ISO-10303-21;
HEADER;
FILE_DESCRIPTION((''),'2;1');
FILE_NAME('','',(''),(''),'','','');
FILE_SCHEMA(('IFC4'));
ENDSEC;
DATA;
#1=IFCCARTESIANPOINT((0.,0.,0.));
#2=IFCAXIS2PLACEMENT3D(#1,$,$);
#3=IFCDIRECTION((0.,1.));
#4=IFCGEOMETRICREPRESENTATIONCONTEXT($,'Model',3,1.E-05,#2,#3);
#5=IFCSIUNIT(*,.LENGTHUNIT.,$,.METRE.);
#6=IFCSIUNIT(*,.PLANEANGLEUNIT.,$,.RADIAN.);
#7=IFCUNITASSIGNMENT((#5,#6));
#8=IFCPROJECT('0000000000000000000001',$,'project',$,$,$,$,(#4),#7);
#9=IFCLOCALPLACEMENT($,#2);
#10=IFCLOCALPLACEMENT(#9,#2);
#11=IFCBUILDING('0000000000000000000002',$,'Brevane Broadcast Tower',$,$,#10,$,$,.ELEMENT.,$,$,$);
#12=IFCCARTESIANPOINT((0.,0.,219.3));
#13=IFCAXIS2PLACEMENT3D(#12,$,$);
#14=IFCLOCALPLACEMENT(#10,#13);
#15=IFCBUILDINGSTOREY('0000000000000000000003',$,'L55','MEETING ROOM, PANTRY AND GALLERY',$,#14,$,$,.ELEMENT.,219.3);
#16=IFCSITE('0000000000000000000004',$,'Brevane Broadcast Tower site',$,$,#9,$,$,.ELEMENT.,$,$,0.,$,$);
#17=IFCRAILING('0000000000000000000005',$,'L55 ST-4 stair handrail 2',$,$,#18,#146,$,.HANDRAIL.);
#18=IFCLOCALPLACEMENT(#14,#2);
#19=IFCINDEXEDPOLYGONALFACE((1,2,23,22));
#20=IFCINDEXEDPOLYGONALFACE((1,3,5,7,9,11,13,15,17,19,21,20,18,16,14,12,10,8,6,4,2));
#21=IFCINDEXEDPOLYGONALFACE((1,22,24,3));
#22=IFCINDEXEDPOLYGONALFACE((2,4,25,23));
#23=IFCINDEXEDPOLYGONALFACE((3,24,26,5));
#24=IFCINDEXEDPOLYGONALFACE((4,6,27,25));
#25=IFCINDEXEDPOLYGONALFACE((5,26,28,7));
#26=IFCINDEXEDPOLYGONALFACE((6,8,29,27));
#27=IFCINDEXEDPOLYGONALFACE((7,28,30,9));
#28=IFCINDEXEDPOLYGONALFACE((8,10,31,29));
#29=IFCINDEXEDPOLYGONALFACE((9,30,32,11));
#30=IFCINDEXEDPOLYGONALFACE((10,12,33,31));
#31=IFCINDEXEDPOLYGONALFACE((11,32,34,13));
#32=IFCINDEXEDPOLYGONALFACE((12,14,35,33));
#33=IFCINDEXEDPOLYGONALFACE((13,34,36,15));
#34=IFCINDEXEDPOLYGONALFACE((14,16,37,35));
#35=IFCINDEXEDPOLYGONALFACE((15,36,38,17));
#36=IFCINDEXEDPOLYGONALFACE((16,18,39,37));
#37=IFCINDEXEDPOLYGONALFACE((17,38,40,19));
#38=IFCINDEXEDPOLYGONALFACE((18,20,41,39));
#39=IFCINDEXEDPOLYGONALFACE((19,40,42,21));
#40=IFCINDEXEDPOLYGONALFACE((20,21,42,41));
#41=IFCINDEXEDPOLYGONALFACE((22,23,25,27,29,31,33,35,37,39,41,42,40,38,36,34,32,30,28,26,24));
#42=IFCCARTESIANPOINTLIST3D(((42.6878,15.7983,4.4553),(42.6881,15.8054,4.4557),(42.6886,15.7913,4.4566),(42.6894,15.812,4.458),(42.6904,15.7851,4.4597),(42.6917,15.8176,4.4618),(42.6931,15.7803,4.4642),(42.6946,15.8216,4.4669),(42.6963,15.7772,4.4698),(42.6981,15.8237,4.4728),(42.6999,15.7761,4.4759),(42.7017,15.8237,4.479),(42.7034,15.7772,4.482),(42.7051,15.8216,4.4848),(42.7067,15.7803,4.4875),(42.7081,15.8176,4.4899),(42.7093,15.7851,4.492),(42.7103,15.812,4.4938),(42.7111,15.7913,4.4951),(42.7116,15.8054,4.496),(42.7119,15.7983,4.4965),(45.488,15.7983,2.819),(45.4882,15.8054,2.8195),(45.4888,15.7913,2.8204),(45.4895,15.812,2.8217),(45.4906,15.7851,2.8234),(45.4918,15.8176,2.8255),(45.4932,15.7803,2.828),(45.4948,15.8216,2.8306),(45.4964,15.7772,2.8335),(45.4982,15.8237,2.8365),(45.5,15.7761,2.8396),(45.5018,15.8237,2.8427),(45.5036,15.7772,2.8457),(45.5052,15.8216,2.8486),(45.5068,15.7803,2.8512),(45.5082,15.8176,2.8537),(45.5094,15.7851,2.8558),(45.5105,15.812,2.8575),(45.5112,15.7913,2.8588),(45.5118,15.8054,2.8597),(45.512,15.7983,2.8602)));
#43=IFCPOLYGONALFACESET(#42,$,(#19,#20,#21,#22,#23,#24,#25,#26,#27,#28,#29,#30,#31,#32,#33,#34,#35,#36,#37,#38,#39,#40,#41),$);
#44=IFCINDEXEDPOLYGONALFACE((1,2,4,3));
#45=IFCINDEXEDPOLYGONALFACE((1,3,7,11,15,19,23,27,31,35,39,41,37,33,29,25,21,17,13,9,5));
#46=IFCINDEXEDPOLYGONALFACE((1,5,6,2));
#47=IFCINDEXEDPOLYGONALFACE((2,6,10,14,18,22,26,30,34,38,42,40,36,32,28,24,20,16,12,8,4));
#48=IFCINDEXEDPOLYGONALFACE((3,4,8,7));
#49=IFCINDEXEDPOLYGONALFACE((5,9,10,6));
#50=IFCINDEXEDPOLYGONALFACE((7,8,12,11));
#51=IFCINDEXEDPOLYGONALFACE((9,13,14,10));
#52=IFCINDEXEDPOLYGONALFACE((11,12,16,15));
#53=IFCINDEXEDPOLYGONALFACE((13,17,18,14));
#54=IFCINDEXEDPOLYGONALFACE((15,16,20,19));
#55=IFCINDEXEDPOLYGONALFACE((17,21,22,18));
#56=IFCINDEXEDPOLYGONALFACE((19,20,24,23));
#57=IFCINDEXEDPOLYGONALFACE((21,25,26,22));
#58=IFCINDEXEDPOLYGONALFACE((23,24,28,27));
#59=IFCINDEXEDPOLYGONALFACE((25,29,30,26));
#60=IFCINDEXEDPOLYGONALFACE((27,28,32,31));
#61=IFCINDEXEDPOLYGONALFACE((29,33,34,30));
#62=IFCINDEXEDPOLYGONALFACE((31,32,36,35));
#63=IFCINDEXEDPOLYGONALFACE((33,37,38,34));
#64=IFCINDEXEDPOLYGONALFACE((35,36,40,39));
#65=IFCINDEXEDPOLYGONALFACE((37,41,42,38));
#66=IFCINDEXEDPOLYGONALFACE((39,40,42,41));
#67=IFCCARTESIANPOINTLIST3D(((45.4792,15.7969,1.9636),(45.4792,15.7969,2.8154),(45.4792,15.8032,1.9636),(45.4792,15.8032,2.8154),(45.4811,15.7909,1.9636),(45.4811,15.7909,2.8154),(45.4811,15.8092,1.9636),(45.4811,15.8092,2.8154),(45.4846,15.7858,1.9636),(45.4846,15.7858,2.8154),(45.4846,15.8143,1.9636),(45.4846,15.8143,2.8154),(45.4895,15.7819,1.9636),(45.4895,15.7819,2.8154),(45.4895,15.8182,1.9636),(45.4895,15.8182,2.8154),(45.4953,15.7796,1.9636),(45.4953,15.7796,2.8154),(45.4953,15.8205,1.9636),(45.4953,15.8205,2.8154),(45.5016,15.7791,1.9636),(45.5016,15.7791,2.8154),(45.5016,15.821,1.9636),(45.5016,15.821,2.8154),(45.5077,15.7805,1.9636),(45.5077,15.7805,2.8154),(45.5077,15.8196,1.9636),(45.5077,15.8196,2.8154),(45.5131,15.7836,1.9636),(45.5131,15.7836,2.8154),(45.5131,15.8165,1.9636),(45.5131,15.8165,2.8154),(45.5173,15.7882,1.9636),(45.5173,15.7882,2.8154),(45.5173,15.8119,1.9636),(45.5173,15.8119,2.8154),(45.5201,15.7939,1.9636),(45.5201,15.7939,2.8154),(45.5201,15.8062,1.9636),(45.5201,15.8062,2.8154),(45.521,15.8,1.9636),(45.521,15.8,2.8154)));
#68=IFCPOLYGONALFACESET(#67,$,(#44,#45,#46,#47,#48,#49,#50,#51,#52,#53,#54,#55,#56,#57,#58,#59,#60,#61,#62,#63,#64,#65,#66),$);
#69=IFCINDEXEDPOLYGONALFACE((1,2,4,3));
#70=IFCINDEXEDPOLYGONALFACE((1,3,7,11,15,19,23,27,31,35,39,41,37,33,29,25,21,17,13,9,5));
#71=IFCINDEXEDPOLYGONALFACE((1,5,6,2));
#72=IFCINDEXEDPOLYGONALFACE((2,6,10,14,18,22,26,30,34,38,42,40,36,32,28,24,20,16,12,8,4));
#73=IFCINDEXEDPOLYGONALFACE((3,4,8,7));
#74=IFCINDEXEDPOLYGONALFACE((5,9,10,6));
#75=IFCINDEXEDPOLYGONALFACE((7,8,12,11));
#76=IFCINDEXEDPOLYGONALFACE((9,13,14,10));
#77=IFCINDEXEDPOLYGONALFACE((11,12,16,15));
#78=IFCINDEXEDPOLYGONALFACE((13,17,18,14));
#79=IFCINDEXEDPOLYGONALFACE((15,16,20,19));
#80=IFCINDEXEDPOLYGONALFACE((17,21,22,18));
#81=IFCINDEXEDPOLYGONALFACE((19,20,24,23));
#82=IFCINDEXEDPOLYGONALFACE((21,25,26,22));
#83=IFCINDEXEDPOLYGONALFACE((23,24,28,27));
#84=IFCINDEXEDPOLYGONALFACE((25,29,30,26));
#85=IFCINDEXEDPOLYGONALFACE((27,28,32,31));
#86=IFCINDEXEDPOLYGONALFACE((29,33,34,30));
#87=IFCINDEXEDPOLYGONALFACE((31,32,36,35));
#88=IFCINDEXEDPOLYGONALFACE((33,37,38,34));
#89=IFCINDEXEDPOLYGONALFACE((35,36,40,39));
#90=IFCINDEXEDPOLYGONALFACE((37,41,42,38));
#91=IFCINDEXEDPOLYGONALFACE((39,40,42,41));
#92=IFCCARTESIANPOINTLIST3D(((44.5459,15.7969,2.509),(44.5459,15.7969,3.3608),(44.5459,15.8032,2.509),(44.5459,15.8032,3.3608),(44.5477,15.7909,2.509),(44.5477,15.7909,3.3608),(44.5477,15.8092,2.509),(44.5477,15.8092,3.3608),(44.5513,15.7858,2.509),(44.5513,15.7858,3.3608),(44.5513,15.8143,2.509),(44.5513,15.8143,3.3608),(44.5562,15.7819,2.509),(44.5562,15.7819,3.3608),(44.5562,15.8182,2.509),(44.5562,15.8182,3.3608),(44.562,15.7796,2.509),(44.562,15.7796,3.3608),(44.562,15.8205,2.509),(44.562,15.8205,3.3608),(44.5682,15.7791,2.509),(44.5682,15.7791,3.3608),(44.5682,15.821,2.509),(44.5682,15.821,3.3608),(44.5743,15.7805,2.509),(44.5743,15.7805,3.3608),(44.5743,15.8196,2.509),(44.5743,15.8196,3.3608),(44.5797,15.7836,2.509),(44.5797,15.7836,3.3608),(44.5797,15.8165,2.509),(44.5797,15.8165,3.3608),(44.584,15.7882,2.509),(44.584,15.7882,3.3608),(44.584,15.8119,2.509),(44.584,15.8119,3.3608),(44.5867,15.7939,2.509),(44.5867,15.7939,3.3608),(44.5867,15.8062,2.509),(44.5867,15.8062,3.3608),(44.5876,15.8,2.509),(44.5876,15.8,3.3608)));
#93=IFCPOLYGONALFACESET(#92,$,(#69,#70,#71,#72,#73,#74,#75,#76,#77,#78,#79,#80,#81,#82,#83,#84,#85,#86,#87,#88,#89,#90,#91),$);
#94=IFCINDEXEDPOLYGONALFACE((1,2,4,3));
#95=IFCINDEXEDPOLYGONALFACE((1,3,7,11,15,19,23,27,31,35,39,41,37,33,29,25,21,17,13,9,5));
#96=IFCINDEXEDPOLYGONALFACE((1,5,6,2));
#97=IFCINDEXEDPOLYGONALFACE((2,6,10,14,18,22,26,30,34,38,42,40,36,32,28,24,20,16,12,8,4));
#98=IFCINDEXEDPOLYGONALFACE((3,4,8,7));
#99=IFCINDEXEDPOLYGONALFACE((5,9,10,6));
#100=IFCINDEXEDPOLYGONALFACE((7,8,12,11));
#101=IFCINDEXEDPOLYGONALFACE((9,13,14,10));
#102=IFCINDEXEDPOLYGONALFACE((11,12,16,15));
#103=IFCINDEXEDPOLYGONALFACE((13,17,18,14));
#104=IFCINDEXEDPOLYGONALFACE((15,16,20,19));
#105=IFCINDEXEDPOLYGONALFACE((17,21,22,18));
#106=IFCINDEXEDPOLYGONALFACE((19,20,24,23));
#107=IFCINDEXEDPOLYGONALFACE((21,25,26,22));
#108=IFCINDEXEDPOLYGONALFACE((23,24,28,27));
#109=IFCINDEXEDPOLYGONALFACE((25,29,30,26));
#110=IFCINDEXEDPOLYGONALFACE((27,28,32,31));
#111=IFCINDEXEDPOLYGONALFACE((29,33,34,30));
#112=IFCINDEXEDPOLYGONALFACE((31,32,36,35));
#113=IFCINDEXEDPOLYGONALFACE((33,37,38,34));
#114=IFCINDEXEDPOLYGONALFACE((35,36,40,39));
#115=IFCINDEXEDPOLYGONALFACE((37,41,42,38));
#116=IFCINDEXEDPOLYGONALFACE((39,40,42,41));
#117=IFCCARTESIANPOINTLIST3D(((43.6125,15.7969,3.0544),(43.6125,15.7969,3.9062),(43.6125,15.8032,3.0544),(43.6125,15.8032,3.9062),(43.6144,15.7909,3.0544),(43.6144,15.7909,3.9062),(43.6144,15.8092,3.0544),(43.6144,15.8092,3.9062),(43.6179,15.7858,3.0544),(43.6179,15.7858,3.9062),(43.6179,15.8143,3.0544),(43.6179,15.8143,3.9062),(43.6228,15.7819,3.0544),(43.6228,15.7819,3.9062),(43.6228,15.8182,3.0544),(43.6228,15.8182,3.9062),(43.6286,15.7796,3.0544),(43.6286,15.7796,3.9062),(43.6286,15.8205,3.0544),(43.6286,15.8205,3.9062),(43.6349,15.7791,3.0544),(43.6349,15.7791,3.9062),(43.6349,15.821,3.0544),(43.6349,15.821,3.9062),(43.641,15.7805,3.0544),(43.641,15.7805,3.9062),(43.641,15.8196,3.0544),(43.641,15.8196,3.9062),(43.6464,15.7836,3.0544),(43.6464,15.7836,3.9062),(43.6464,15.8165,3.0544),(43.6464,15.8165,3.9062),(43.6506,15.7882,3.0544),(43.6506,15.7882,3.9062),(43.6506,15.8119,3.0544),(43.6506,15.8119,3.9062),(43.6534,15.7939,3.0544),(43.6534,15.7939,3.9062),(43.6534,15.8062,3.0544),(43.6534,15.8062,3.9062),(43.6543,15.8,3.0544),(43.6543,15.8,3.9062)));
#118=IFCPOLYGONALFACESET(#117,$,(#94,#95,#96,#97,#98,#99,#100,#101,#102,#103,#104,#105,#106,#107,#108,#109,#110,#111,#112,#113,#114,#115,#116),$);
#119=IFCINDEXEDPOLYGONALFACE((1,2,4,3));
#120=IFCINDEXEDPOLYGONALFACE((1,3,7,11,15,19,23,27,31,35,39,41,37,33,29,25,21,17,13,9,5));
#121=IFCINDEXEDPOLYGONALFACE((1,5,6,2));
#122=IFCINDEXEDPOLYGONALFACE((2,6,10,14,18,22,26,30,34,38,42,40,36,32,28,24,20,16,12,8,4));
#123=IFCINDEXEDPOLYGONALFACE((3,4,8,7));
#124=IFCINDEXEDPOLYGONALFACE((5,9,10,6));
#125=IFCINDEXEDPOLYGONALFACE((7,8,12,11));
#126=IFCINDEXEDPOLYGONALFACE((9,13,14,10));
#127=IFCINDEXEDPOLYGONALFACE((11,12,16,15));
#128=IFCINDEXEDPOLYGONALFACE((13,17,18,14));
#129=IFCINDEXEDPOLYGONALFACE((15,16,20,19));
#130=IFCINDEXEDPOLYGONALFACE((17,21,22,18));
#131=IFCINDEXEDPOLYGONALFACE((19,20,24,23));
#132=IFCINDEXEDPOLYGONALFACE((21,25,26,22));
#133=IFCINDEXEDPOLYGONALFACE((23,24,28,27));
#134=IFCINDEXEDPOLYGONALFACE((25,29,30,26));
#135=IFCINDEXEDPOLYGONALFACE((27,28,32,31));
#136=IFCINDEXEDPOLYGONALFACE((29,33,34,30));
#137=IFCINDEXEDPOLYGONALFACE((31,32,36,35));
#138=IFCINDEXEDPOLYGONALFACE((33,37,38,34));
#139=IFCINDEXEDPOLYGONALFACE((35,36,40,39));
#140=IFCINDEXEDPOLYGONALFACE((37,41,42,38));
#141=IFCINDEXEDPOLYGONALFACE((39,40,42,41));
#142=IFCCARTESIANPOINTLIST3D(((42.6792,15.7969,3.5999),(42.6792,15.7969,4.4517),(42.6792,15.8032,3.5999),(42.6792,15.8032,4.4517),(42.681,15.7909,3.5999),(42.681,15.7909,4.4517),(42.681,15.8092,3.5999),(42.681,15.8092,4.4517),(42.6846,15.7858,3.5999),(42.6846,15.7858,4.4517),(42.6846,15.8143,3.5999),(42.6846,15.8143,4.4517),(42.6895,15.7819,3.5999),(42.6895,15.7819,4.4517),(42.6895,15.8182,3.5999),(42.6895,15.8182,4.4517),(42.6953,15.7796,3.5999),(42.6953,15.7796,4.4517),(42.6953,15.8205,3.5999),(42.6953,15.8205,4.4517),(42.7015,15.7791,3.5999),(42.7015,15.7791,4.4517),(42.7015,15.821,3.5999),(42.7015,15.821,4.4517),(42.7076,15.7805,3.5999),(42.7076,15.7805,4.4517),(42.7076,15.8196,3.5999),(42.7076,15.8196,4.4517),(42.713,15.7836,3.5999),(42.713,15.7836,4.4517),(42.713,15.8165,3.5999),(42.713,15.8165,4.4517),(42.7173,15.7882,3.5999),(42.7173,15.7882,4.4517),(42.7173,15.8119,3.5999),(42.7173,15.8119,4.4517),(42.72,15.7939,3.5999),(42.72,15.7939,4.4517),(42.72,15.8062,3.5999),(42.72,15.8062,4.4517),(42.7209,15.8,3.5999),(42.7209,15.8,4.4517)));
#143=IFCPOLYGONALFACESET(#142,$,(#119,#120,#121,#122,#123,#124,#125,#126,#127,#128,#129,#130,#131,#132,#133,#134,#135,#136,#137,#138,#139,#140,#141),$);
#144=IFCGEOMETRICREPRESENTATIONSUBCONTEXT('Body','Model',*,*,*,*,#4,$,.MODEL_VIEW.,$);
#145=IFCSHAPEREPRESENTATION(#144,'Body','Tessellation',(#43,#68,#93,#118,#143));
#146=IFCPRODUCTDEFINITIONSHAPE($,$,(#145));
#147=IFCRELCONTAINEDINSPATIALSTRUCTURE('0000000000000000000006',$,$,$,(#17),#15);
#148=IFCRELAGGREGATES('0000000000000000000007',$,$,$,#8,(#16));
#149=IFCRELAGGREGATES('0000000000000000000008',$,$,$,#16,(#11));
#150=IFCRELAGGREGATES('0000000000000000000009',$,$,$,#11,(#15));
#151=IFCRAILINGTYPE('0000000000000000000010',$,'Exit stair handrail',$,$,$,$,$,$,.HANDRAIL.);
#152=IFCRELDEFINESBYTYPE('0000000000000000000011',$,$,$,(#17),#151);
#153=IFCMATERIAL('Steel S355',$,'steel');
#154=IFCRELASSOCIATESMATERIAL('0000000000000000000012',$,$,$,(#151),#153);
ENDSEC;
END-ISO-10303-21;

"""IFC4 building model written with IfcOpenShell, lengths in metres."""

from ifc_helpers import new_model, si_unit, direction, frame, origin, origin_2d, place, context, subcontext, project, spatial, circle, extrude, material, type_object, element, save


model = new_model("IFC4")

# Units and contexts
model_context = context("Model", 3, precision=1e-05, world=origin(), true_north=direction((0.0, 1.0)))
body_context = subcontext(model_context, "Body", "Model", "MODEL_VIEW")
ifc_project = project(units=[si_unit("LENGTHUNIT", "METRE"), si_unit("PLANEANGLEUNIT", "RADIAN")], contexts=[model_context])

# Site, building, storey
site_placement = place(None, origin())
site = spatial("IfcSite", under=ifc_project, at=site_placement, Name="Brevane Broadcast Tower site", CompositionType="ELEMENT", RefElevation=0.0)
building_placement = place(site_placement, origin())
building = spatial("IfcBuilding", under=site, at=building_placement, Name="Brevane Broadcast Tower", CompositionType="ELEMENT")
storey_placement = place(building_placement, frame((0.0, 0.0, 219.3)))
storey = spatial("IfcBuildingStorey", under=building, at=storey_placement, Name="L55", Description="MEETING ROOM, PANTRY AND GALLERY", CompositionType="ELEMENT", Elevation=219.3)

# Railing
ifc_material_1 = material(Name="Steel S355", Category="steel")
railing_type_1 = type_object("IfcRailingType", Name="Exit stair handrail", PredefinedType="HANDRAIL", material=ifc_material_1)
railing_1_placement = place(storey_placement, frame((45.5, 15.8, 1.9636)))
element("IfcRailing", 1, at=railing_1_placement, inside=storey, type_object=railing_type_1, Name="L55 ST-4 stair handrail 2", PredefinedType="HANDRAIL", context=body_context, shape_type="SweptSolid", body=[
    extrude(circle(Radius=0.0239, at=origin_2d()), frame((0.0, 0.0, 0.876), z_axis=(-0.863394, 0.0, 0.504531), x_axis=(0.0, -1.0, 0.0)), (0.0, 0.0, 1.0), 3.2432),
    extrude(circle(Radius=0.021, at=origin_2d()), origin(), (0.0, 0.0, 1.0), 0.8518),
    extrude(circle(Radius=0.021, at=origin_2d()), frame((-0.9333, 0.0, 0.5454)), (0.0, 0.0, 1.0), 0.8518),
    extrude(circle(Radius=0.021, at=origin_2d()), frame((-1.8667, 0.0, 1.0908)), (0.0, 0.0, 1.0), 0.8518),
    extrude(circle(Radius=0.021, at=origin_2d()), frame((-2.8, 0.0, 1.6362)), (0.0, 0.0, 1.0), 0.8518),
])

save(model, "model.ifc")
